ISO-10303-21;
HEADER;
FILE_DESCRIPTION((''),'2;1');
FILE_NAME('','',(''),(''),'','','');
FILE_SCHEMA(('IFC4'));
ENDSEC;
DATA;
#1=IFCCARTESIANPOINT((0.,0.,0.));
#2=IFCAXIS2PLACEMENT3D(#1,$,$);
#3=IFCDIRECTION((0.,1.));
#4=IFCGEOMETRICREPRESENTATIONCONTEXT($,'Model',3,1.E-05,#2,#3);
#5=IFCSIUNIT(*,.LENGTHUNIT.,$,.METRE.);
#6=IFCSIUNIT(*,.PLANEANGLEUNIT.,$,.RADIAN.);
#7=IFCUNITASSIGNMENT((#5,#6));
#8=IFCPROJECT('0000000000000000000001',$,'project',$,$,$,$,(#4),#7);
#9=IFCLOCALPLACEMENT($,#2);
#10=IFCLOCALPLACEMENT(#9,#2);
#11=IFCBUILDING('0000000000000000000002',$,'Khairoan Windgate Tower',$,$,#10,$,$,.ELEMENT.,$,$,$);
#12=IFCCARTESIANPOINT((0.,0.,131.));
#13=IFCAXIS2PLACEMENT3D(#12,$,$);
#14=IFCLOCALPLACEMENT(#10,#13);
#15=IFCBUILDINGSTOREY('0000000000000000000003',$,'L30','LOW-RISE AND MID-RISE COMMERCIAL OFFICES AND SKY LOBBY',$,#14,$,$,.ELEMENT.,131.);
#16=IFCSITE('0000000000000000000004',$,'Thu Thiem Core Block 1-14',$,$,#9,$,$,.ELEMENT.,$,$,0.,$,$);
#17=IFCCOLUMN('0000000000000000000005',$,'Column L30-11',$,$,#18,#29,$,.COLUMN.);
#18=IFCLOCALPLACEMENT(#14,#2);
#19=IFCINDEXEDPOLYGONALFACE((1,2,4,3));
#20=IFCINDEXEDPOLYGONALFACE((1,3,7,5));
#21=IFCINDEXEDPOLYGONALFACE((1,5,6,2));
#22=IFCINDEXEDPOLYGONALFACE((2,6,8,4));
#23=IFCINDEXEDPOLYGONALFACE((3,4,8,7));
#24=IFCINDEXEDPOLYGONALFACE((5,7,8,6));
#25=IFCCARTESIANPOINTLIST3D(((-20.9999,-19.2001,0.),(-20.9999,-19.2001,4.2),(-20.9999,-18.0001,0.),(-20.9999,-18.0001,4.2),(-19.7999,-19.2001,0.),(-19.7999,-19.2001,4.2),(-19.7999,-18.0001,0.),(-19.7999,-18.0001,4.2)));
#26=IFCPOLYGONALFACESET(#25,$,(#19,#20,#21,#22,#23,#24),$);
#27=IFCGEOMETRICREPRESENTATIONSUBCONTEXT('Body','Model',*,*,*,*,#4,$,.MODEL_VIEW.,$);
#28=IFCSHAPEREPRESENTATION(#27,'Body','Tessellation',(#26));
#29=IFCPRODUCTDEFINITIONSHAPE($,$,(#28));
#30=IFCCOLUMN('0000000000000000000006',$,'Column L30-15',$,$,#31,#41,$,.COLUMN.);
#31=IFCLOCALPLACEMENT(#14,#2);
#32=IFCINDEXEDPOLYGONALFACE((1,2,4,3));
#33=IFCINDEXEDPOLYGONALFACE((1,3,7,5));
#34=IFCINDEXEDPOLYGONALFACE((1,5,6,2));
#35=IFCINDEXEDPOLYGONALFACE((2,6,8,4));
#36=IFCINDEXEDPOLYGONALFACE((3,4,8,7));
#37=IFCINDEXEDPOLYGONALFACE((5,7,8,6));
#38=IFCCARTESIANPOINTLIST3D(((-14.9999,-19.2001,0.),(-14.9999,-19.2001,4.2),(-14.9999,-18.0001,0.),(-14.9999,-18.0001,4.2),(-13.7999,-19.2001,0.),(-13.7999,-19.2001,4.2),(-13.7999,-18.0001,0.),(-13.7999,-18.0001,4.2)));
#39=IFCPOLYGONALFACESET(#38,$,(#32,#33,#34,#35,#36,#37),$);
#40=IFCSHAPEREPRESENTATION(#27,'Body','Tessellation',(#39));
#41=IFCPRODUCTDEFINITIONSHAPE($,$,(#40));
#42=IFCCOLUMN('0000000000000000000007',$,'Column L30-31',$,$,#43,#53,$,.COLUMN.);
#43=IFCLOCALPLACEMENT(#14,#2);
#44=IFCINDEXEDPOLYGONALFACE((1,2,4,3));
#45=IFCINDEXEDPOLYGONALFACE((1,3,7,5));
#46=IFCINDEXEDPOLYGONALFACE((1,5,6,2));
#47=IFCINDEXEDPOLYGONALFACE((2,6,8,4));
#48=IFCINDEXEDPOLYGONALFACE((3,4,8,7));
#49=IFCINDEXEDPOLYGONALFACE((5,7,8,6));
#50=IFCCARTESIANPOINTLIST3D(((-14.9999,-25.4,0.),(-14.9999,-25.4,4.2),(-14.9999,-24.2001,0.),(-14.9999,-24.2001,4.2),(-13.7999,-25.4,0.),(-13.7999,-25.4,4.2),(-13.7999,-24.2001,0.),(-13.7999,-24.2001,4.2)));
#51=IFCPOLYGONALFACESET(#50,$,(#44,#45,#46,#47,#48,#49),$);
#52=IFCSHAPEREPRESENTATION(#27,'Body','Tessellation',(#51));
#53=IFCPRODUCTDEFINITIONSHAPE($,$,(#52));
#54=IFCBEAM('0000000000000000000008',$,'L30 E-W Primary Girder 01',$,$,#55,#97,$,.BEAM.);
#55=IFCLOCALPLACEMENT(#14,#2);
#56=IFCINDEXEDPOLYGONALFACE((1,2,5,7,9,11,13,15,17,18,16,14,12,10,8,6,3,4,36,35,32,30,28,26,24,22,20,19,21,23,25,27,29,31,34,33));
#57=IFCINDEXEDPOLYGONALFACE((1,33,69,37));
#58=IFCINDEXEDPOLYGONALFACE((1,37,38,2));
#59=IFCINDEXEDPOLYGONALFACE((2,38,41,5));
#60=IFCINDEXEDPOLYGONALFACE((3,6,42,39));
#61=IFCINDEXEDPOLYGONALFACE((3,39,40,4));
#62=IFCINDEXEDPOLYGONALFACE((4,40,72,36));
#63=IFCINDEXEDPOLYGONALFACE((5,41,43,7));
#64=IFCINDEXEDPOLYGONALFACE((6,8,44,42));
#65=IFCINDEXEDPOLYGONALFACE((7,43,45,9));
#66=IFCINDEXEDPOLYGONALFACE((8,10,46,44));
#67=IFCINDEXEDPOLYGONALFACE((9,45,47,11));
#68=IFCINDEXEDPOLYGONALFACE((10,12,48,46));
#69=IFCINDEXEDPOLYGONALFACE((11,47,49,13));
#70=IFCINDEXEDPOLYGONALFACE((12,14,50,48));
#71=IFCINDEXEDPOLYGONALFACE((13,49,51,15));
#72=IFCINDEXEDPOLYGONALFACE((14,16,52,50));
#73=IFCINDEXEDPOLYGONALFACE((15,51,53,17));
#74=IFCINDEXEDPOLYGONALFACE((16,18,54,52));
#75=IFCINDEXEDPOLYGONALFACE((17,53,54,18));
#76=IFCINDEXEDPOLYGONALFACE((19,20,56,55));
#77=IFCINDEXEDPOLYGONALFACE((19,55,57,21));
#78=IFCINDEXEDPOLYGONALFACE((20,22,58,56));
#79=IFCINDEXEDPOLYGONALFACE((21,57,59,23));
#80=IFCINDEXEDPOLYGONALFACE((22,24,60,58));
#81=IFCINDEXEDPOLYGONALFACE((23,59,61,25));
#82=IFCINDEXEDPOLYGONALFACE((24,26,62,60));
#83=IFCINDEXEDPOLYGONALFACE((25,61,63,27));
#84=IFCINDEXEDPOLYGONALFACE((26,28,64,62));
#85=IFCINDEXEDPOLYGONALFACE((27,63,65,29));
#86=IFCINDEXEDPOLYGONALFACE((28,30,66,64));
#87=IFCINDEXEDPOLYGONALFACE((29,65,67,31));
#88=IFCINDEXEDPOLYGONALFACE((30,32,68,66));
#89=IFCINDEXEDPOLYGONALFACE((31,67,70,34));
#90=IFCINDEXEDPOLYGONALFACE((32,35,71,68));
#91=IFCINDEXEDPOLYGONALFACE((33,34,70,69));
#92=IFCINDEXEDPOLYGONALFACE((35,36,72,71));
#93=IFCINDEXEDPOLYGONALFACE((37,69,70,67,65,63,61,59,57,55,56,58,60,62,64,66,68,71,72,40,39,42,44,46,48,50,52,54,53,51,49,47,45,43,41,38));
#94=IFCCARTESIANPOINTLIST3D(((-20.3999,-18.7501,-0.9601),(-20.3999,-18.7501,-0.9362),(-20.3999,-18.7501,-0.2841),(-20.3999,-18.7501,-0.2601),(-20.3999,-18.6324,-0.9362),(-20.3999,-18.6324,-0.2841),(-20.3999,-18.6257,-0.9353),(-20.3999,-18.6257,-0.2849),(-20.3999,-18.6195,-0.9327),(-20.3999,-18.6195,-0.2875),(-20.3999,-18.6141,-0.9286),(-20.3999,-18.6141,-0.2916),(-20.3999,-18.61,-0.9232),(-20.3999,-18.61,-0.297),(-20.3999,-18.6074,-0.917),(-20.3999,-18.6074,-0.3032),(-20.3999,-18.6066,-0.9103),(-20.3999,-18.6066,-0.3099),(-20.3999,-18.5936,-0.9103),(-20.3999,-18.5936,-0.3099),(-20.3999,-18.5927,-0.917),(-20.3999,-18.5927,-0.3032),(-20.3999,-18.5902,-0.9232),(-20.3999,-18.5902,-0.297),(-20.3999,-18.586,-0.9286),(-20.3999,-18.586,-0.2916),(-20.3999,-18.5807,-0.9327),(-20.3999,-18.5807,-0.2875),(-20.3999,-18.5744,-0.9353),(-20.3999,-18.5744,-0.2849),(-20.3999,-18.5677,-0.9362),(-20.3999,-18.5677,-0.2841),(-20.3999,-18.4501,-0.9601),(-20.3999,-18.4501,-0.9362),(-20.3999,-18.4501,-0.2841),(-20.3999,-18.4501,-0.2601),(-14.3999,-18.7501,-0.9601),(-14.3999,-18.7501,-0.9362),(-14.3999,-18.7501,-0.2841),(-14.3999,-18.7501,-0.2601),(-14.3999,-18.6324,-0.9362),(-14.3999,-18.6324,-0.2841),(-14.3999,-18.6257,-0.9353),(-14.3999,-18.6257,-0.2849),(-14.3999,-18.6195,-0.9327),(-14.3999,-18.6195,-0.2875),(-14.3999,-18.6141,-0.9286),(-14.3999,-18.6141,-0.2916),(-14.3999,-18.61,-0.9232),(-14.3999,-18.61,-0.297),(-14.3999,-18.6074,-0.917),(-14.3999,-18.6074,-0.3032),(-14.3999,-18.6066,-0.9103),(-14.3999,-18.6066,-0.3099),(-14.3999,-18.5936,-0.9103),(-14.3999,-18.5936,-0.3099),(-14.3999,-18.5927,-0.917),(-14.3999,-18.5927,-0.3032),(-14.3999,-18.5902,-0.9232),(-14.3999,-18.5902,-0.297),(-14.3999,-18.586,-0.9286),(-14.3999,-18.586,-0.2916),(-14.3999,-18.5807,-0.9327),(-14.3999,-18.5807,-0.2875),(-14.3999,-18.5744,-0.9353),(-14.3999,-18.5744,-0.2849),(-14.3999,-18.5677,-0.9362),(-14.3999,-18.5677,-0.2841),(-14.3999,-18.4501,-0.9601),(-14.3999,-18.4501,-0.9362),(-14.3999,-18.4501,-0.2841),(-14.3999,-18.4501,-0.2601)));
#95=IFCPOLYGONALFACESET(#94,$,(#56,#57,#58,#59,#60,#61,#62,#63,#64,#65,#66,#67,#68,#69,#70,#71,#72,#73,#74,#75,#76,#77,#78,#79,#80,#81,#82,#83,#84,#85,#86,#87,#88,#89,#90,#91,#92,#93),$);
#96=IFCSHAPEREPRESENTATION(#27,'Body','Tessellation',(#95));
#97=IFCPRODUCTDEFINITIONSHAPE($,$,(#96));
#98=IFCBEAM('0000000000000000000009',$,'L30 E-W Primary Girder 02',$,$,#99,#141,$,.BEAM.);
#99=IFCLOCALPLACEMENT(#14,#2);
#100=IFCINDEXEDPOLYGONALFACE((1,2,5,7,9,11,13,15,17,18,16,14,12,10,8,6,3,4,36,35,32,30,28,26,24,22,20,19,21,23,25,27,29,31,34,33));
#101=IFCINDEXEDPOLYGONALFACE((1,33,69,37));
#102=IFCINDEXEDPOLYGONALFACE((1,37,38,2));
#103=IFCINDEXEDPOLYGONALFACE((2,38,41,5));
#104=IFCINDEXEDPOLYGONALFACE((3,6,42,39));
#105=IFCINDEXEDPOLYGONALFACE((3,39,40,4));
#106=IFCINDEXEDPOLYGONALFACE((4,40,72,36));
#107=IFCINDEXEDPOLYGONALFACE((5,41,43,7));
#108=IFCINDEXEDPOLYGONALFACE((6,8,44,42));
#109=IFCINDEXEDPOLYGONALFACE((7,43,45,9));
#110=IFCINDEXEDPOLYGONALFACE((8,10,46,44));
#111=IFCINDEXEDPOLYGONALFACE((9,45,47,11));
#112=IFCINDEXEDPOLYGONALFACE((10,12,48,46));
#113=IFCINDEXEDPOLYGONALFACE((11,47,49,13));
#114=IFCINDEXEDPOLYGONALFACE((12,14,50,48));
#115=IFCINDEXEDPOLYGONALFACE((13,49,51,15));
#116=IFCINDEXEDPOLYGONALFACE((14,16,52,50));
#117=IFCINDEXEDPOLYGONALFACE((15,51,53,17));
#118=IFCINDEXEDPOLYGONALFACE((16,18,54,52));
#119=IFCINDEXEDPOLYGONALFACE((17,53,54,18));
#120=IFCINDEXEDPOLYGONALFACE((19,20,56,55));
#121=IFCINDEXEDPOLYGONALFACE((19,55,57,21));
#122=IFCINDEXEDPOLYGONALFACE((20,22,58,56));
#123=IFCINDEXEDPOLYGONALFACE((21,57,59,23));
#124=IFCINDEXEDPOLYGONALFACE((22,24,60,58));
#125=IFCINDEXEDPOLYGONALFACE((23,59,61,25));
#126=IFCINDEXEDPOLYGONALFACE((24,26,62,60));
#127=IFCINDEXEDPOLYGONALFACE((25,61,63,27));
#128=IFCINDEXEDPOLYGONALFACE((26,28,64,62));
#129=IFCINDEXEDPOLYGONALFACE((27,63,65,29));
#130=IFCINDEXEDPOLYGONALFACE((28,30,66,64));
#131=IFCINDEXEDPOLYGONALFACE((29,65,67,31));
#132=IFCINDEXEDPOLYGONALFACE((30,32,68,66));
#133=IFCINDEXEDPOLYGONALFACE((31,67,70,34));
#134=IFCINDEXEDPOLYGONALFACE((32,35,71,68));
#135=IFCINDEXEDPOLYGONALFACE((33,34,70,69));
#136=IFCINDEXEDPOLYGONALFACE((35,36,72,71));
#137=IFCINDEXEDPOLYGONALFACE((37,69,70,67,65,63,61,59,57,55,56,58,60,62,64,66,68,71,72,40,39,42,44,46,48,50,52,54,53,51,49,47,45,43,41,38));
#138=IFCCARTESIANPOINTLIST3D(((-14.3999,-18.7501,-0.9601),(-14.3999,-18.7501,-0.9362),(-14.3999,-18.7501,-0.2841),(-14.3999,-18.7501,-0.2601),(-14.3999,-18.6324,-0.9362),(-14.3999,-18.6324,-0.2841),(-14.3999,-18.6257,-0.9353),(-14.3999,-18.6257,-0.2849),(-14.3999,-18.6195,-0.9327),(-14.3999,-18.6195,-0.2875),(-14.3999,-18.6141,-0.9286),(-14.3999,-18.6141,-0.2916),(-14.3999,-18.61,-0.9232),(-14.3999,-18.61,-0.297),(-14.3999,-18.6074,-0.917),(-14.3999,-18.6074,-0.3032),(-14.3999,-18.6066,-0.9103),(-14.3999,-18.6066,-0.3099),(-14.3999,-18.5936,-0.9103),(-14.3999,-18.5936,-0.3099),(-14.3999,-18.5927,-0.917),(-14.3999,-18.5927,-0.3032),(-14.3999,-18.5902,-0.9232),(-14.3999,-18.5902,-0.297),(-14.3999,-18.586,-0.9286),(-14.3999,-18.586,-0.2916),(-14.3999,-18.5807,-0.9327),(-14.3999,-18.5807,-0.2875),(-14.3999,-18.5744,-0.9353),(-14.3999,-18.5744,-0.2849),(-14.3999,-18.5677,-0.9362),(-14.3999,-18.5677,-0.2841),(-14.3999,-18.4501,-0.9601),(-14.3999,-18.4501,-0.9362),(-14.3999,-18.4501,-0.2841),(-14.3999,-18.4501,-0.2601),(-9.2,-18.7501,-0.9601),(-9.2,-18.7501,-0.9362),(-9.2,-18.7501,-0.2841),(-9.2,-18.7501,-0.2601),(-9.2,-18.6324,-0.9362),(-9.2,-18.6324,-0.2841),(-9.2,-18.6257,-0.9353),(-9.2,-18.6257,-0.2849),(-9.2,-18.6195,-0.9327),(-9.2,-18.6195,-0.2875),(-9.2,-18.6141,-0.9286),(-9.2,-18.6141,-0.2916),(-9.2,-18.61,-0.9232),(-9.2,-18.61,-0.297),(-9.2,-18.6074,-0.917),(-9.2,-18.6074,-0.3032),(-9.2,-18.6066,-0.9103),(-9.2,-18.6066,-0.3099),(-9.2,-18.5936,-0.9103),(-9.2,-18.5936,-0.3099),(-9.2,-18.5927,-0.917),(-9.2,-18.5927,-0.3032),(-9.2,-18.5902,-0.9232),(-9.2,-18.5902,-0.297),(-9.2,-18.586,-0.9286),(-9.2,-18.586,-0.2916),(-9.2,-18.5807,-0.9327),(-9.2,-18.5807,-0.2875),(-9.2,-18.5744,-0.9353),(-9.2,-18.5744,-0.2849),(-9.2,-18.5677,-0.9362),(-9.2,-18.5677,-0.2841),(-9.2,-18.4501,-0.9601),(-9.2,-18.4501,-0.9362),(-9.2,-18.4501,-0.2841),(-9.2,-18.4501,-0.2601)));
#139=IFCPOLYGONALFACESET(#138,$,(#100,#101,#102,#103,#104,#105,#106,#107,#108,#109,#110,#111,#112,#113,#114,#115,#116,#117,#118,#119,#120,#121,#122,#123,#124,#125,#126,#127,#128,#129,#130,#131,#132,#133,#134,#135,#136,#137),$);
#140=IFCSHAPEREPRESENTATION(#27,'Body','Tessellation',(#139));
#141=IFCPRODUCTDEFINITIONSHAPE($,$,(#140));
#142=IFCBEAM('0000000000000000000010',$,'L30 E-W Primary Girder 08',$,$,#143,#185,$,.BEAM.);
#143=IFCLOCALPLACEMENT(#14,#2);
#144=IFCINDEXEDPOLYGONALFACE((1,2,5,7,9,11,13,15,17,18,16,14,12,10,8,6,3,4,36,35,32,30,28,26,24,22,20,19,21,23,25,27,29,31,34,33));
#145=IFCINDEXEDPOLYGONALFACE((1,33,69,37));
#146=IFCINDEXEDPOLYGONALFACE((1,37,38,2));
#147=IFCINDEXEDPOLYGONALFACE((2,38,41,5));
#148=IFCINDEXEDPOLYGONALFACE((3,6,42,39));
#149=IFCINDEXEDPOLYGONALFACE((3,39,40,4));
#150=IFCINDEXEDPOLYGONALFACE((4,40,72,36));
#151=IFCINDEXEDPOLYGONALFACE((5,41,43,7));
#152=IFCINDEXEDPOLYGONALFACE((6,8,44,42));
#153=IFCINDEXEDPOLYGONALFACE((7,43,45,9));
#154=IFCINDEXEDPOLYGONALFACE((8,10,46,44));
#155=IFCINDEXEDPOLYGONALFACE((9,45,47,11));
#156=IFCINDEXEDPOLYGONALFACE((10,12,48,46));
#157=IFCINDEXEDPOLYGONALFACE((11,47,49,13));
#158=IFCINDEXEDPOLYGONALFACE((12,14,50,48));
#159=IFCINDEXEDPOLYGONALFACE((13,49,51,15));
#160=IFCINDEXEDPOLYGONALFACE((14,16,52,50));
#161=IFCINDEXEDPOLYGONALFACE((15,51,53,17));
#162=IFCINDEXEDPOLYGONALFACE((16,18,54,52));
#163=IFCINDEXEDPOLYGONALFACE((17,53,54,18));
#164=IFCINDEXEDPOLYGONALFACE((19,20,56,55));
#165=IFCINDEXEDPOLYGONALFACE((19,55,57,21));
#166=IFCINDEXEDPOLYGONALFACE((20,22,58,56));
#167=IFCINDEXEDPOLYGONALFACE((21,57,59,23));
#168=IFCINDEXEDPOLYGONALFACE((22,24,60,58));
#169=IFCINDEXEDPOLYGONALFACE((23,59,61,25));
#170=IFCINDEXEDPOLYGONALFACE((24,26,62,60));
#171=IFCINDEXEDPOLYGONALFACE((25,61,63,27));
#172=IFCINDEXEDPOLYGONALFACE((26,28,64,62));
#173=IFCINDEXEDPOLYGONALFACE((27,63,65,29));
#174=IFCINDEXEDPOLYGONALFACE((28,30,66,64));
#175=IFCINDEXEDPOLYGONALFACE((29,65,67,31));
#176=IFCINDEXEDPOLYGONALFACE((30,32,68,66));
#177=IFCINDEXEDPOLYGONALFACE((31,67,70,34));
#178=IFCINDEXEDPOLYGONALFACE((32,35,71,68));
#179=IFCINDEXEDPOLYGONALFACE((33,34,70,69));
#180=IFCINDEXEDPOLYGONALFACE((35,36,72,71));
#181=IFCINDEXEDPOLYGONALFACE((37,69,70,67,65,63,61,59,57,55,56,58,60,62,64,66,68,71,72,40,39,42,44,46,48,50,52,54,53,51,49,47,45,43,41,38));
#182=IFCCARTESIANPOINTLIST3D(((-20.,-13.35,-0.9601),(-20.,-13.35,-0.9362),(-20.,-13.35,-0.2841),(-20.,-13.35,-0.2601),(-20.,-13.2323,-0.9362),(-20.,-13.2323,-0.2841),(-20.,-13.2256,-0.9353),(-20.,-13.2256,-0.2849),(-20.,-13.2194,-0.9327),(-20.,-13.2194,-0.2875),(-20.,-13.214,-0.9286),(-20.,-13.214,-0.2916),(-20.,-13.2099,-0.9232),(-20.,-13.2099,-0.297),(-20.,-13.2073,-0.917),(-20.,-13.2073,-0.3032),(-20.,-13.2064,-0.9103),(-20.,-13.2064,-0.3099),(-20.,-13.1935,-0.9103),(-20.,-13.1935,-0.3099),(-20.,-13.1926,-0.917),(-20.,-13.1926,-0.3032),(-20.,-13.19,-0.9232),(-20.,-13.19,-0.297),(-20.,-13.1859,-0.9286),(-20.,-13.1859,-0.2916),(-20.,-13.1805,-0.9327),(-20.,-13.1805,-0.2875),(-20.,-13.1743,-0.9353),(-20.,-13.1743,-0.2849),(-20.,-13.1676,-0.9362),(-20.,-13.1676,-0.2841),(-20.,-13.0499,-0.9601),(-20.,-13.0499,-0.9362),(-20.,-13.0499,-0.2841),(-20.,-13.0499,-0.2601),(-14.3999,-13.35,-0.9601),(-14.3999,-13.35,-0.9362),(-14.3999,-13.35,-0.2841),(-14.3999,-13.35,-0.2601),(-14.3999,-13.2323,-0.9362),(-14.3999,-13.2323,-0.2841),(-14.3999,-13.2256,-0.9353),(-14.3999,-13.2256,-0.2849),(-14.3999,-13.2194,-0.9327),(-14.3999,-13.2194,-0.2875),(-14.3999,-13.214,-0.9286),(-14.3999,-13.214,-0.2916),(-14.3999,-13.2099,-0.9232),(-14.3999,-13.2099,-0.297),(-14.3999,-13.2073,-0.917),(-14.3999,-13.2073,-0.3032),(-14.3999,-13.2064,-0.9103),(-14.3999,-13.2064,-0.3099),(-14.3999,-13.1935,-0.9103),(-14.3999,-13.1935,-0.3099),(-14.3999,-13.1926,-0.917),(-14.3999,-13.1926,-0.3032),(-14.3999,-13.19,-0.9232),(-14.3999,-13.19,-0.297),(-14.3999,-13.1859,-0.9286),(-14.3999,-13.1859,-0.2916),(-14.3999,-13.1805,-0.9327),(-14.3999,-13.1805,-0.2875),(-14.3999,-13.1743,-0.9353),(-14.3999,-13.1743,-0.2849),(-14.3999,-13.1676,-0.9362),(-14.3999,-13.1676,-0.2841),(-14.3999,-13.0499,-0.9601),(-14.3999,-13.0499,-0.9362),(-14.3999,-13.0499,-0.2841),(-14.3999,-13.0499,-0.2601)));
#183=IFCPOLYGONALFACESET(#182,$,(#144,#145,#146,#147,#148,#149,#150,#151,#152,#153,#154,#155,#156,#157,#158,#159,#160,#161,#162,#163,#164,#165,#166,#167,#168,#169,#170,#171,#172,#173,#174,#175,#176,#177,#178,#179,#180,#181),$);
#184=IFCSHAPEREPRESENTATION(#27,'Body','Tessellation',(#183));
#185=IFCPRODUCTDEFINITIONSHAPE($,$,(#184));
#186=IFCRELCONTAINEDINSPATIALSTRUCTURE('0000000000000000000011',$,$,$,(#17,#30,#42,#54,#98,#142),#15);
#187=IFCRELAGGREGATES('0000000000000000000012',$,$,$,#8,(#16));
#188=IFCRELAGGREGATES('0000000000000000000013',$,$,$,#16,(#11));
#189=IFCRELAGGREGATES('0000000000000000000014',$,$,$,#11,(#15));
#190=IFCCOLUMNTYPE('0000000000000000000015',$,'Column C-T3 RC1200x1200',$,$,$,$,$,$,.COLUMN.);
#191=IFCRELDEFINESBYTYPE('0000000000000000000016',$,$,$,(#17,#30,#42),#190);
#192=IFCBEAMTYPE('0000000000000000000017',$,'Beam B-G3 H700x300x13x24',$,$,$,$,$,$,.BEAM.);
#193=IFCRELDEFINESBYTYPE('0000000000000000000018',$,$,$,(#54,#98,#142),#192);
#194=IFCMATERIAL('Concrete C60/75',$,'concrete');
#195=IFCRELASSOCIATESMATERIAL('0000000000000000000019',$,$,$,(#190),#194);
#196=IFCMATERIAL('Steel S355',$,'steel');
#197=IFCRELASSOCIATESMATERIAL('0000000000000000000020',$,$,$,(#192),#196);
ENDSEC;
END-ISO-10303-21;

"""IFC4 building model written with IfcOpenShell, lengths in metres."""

from ifc_helpers import new_model, si_unit, direction, frame, origin, origin_2d, place, context, subcontext, project, spatial, rectangle, i_section, extrude, material, material_profile, profile_set, type_object, element, save


model = new_model("IFC4")

# Units and contexts
model_context = context("Model", 3, precision=1e-05, world=origin(), true_north=direction((0.0, 1.0)))
body_context = subcontext(model_context, "Body", "Model", "MODEL_VIEW")
ifc_project = project(units=[si_unit("LENGTHUNIT", "METRE"), si_unit("PLANEANGLEUNIT", "RADIAN")], contexts=[model_context])

# Site, building, storey
site_placement = place(None, origin())
site = spatial("IfcSite", under=ifc_project, at=site_placement, Name="Thu Thiem Core Block 1-14", CompositionType="ELEMENT", RefElevation=0.0)
building_placement = place(site_placement, origin())
building = spatial("IfcBuilding", under=site, at=building_placement, Name="Khairoan Windgate Tower", CompositionType="ELEMENT")
storey_placement = place(building_placement, frame((0.0, 0.0, 131.0)))
storey = spatial("IfcBuildingStorey", under=building, at=storey_placement, Name="L30", Description="LOW-RISE AND MID-RISE COMMERCIAL OFFICES AND SKY LOBBY", CompositionType="ELEMENT", Elevation=131.0)

# Columns
ifc_material_1 = material(Name="Concrete C60/75", Category="concrete")
ifc_material_profile_1 = material_profile(ifc_material_1, rectangle(XDim=1.2, YDim=1.2, at=origin_2d()))
ifc_profile_set_1 = profile_set([ifc_material_profile_1], Name="Concrete C60/75")
column_type = type_object("IfcColumnType", Name="Column C-T3 RC1200x1200", PredefinedType="COLUMN", material=ifc_profile_set_1)
for number, where, z_axis, x_axis, name in (
    (1, (-20.3999, -18.6001, 0.0), (0.0, 0.0, 1.0), (1.0, 0.0, 0.0), "Column L30-11"),
    (2, (-14.3999, -18.6001, 0.0), (0.0, 0.0, 1.0), (1.0, 0.0, 0.0), "Column L30-15"),
    (3, (-14.3999, -24.8, 0.0), (0.0, 0.0, 1.0), (1.0, 0.0, 0.0), "Column L30-31"),
):
    element("IfcColumn", number, at=place(storey_placement, frame(where, z_axis=z_axis, x_axis=x_axis)), inside=storey, type_object=column_type, Name=name, PredefinedType="COLUMN", context=body_context, shape_type="SweptSolid", body=[
        extrude(rectangle(XDim=1.2, YDim=1.2, at=origin_2d()), origin(), (0.0, 0.0, 1.0), 4.2),
    ])

# Beams
ifc_material_2 = material(Name="Steel S355", Category="steel")
ifc_material_profile_2 = material_profile(ifc_material_2, i_section(OverallWidth=0.3, OverallDepth=0.7, WebThickness=0.0129, FlangeThickness=0.0239, FilletRadius=0.0259, at=origin_2d()))
ifc_profile_set_2 = profile_set([ifc_material_profile_2], Name="Steel S355")
beam_type_1 = type_object("IfcBeamType", Name="Beam B-G3 H700x300x13x24", PredefinedType="BEAM", material=ifc_profile_set_2)
beam_1_placement = place(storey_placement, frame((-20.3999, -18.6001, -0.6101), z_axis=(1.0, 0.0, 0.0), x_axis=(0.0, 1.0, 0.0)))
element("IfcBeam", 4, at=beam_1_placement, inside=storey, type_object=beam_type_1, Name="L30 E-W Primary Girder 01", PredefinedType="BEAM", context=body_context, shape_type="SweptSolid", body=[
    extrude(i_section(OverallWidth=0.3, OverallDepth=0.7, WebThickness=0.0129, FlangeThickness=0.0239, FilletRadius=0.0259, at=origin_2d()), origin(), (0.0, 0.0, 1.0), 6.0),
])
beam_2_placement = place(storey_placement, frame((-14.3999, -18.6001, -0.6101), z_axis=(1.0, 0.0, 0.0), x_axis=(0.0, 1.0, 0.0)))
element("IfcBeam", 5, at=beam_2_placement, inside=storey, type_object=beam_type_1, Name="L30 E-W Primary Girder 02", PredefinedType="BEAM", context=body_context, shape_type="SweptSolid", body=[
    extrude(i_section(OverallWidth=0.3, OverallDepth=0.7, WebThickness=0.0129, FlangeThickness=0.0239, FilletRadius=0.0259, at=origin_2d()), origin(), (0.0, 0.0, 1.0), 5.2),
])
beam_3_placement = place(storey_placement, frame((-20.0, -13.2, -0.6101), z_axis=(1.0, 0.0, 0.0), x_axis=(0.0, 1.0, 0.0)))
element("IfcBeam", 6, at=beam_3_placement, inside=storey, type_object=beam_type_1, Name="L30 E-W Primary Girder 08", PredefinedType="BEAM", context=body_context, shape_type="SweptSolid", body=[
    extrude(i_section(OverallWidth=0.3, OverallDepth=0.7, WebThickness=0.0129, FlangeThickness=0.0239, FilletRadius=0.0259, at=origin_2d()), origin(), (0.0, 0.0, 1.0), 5.6001),
])

save(model, "model.ifc")
